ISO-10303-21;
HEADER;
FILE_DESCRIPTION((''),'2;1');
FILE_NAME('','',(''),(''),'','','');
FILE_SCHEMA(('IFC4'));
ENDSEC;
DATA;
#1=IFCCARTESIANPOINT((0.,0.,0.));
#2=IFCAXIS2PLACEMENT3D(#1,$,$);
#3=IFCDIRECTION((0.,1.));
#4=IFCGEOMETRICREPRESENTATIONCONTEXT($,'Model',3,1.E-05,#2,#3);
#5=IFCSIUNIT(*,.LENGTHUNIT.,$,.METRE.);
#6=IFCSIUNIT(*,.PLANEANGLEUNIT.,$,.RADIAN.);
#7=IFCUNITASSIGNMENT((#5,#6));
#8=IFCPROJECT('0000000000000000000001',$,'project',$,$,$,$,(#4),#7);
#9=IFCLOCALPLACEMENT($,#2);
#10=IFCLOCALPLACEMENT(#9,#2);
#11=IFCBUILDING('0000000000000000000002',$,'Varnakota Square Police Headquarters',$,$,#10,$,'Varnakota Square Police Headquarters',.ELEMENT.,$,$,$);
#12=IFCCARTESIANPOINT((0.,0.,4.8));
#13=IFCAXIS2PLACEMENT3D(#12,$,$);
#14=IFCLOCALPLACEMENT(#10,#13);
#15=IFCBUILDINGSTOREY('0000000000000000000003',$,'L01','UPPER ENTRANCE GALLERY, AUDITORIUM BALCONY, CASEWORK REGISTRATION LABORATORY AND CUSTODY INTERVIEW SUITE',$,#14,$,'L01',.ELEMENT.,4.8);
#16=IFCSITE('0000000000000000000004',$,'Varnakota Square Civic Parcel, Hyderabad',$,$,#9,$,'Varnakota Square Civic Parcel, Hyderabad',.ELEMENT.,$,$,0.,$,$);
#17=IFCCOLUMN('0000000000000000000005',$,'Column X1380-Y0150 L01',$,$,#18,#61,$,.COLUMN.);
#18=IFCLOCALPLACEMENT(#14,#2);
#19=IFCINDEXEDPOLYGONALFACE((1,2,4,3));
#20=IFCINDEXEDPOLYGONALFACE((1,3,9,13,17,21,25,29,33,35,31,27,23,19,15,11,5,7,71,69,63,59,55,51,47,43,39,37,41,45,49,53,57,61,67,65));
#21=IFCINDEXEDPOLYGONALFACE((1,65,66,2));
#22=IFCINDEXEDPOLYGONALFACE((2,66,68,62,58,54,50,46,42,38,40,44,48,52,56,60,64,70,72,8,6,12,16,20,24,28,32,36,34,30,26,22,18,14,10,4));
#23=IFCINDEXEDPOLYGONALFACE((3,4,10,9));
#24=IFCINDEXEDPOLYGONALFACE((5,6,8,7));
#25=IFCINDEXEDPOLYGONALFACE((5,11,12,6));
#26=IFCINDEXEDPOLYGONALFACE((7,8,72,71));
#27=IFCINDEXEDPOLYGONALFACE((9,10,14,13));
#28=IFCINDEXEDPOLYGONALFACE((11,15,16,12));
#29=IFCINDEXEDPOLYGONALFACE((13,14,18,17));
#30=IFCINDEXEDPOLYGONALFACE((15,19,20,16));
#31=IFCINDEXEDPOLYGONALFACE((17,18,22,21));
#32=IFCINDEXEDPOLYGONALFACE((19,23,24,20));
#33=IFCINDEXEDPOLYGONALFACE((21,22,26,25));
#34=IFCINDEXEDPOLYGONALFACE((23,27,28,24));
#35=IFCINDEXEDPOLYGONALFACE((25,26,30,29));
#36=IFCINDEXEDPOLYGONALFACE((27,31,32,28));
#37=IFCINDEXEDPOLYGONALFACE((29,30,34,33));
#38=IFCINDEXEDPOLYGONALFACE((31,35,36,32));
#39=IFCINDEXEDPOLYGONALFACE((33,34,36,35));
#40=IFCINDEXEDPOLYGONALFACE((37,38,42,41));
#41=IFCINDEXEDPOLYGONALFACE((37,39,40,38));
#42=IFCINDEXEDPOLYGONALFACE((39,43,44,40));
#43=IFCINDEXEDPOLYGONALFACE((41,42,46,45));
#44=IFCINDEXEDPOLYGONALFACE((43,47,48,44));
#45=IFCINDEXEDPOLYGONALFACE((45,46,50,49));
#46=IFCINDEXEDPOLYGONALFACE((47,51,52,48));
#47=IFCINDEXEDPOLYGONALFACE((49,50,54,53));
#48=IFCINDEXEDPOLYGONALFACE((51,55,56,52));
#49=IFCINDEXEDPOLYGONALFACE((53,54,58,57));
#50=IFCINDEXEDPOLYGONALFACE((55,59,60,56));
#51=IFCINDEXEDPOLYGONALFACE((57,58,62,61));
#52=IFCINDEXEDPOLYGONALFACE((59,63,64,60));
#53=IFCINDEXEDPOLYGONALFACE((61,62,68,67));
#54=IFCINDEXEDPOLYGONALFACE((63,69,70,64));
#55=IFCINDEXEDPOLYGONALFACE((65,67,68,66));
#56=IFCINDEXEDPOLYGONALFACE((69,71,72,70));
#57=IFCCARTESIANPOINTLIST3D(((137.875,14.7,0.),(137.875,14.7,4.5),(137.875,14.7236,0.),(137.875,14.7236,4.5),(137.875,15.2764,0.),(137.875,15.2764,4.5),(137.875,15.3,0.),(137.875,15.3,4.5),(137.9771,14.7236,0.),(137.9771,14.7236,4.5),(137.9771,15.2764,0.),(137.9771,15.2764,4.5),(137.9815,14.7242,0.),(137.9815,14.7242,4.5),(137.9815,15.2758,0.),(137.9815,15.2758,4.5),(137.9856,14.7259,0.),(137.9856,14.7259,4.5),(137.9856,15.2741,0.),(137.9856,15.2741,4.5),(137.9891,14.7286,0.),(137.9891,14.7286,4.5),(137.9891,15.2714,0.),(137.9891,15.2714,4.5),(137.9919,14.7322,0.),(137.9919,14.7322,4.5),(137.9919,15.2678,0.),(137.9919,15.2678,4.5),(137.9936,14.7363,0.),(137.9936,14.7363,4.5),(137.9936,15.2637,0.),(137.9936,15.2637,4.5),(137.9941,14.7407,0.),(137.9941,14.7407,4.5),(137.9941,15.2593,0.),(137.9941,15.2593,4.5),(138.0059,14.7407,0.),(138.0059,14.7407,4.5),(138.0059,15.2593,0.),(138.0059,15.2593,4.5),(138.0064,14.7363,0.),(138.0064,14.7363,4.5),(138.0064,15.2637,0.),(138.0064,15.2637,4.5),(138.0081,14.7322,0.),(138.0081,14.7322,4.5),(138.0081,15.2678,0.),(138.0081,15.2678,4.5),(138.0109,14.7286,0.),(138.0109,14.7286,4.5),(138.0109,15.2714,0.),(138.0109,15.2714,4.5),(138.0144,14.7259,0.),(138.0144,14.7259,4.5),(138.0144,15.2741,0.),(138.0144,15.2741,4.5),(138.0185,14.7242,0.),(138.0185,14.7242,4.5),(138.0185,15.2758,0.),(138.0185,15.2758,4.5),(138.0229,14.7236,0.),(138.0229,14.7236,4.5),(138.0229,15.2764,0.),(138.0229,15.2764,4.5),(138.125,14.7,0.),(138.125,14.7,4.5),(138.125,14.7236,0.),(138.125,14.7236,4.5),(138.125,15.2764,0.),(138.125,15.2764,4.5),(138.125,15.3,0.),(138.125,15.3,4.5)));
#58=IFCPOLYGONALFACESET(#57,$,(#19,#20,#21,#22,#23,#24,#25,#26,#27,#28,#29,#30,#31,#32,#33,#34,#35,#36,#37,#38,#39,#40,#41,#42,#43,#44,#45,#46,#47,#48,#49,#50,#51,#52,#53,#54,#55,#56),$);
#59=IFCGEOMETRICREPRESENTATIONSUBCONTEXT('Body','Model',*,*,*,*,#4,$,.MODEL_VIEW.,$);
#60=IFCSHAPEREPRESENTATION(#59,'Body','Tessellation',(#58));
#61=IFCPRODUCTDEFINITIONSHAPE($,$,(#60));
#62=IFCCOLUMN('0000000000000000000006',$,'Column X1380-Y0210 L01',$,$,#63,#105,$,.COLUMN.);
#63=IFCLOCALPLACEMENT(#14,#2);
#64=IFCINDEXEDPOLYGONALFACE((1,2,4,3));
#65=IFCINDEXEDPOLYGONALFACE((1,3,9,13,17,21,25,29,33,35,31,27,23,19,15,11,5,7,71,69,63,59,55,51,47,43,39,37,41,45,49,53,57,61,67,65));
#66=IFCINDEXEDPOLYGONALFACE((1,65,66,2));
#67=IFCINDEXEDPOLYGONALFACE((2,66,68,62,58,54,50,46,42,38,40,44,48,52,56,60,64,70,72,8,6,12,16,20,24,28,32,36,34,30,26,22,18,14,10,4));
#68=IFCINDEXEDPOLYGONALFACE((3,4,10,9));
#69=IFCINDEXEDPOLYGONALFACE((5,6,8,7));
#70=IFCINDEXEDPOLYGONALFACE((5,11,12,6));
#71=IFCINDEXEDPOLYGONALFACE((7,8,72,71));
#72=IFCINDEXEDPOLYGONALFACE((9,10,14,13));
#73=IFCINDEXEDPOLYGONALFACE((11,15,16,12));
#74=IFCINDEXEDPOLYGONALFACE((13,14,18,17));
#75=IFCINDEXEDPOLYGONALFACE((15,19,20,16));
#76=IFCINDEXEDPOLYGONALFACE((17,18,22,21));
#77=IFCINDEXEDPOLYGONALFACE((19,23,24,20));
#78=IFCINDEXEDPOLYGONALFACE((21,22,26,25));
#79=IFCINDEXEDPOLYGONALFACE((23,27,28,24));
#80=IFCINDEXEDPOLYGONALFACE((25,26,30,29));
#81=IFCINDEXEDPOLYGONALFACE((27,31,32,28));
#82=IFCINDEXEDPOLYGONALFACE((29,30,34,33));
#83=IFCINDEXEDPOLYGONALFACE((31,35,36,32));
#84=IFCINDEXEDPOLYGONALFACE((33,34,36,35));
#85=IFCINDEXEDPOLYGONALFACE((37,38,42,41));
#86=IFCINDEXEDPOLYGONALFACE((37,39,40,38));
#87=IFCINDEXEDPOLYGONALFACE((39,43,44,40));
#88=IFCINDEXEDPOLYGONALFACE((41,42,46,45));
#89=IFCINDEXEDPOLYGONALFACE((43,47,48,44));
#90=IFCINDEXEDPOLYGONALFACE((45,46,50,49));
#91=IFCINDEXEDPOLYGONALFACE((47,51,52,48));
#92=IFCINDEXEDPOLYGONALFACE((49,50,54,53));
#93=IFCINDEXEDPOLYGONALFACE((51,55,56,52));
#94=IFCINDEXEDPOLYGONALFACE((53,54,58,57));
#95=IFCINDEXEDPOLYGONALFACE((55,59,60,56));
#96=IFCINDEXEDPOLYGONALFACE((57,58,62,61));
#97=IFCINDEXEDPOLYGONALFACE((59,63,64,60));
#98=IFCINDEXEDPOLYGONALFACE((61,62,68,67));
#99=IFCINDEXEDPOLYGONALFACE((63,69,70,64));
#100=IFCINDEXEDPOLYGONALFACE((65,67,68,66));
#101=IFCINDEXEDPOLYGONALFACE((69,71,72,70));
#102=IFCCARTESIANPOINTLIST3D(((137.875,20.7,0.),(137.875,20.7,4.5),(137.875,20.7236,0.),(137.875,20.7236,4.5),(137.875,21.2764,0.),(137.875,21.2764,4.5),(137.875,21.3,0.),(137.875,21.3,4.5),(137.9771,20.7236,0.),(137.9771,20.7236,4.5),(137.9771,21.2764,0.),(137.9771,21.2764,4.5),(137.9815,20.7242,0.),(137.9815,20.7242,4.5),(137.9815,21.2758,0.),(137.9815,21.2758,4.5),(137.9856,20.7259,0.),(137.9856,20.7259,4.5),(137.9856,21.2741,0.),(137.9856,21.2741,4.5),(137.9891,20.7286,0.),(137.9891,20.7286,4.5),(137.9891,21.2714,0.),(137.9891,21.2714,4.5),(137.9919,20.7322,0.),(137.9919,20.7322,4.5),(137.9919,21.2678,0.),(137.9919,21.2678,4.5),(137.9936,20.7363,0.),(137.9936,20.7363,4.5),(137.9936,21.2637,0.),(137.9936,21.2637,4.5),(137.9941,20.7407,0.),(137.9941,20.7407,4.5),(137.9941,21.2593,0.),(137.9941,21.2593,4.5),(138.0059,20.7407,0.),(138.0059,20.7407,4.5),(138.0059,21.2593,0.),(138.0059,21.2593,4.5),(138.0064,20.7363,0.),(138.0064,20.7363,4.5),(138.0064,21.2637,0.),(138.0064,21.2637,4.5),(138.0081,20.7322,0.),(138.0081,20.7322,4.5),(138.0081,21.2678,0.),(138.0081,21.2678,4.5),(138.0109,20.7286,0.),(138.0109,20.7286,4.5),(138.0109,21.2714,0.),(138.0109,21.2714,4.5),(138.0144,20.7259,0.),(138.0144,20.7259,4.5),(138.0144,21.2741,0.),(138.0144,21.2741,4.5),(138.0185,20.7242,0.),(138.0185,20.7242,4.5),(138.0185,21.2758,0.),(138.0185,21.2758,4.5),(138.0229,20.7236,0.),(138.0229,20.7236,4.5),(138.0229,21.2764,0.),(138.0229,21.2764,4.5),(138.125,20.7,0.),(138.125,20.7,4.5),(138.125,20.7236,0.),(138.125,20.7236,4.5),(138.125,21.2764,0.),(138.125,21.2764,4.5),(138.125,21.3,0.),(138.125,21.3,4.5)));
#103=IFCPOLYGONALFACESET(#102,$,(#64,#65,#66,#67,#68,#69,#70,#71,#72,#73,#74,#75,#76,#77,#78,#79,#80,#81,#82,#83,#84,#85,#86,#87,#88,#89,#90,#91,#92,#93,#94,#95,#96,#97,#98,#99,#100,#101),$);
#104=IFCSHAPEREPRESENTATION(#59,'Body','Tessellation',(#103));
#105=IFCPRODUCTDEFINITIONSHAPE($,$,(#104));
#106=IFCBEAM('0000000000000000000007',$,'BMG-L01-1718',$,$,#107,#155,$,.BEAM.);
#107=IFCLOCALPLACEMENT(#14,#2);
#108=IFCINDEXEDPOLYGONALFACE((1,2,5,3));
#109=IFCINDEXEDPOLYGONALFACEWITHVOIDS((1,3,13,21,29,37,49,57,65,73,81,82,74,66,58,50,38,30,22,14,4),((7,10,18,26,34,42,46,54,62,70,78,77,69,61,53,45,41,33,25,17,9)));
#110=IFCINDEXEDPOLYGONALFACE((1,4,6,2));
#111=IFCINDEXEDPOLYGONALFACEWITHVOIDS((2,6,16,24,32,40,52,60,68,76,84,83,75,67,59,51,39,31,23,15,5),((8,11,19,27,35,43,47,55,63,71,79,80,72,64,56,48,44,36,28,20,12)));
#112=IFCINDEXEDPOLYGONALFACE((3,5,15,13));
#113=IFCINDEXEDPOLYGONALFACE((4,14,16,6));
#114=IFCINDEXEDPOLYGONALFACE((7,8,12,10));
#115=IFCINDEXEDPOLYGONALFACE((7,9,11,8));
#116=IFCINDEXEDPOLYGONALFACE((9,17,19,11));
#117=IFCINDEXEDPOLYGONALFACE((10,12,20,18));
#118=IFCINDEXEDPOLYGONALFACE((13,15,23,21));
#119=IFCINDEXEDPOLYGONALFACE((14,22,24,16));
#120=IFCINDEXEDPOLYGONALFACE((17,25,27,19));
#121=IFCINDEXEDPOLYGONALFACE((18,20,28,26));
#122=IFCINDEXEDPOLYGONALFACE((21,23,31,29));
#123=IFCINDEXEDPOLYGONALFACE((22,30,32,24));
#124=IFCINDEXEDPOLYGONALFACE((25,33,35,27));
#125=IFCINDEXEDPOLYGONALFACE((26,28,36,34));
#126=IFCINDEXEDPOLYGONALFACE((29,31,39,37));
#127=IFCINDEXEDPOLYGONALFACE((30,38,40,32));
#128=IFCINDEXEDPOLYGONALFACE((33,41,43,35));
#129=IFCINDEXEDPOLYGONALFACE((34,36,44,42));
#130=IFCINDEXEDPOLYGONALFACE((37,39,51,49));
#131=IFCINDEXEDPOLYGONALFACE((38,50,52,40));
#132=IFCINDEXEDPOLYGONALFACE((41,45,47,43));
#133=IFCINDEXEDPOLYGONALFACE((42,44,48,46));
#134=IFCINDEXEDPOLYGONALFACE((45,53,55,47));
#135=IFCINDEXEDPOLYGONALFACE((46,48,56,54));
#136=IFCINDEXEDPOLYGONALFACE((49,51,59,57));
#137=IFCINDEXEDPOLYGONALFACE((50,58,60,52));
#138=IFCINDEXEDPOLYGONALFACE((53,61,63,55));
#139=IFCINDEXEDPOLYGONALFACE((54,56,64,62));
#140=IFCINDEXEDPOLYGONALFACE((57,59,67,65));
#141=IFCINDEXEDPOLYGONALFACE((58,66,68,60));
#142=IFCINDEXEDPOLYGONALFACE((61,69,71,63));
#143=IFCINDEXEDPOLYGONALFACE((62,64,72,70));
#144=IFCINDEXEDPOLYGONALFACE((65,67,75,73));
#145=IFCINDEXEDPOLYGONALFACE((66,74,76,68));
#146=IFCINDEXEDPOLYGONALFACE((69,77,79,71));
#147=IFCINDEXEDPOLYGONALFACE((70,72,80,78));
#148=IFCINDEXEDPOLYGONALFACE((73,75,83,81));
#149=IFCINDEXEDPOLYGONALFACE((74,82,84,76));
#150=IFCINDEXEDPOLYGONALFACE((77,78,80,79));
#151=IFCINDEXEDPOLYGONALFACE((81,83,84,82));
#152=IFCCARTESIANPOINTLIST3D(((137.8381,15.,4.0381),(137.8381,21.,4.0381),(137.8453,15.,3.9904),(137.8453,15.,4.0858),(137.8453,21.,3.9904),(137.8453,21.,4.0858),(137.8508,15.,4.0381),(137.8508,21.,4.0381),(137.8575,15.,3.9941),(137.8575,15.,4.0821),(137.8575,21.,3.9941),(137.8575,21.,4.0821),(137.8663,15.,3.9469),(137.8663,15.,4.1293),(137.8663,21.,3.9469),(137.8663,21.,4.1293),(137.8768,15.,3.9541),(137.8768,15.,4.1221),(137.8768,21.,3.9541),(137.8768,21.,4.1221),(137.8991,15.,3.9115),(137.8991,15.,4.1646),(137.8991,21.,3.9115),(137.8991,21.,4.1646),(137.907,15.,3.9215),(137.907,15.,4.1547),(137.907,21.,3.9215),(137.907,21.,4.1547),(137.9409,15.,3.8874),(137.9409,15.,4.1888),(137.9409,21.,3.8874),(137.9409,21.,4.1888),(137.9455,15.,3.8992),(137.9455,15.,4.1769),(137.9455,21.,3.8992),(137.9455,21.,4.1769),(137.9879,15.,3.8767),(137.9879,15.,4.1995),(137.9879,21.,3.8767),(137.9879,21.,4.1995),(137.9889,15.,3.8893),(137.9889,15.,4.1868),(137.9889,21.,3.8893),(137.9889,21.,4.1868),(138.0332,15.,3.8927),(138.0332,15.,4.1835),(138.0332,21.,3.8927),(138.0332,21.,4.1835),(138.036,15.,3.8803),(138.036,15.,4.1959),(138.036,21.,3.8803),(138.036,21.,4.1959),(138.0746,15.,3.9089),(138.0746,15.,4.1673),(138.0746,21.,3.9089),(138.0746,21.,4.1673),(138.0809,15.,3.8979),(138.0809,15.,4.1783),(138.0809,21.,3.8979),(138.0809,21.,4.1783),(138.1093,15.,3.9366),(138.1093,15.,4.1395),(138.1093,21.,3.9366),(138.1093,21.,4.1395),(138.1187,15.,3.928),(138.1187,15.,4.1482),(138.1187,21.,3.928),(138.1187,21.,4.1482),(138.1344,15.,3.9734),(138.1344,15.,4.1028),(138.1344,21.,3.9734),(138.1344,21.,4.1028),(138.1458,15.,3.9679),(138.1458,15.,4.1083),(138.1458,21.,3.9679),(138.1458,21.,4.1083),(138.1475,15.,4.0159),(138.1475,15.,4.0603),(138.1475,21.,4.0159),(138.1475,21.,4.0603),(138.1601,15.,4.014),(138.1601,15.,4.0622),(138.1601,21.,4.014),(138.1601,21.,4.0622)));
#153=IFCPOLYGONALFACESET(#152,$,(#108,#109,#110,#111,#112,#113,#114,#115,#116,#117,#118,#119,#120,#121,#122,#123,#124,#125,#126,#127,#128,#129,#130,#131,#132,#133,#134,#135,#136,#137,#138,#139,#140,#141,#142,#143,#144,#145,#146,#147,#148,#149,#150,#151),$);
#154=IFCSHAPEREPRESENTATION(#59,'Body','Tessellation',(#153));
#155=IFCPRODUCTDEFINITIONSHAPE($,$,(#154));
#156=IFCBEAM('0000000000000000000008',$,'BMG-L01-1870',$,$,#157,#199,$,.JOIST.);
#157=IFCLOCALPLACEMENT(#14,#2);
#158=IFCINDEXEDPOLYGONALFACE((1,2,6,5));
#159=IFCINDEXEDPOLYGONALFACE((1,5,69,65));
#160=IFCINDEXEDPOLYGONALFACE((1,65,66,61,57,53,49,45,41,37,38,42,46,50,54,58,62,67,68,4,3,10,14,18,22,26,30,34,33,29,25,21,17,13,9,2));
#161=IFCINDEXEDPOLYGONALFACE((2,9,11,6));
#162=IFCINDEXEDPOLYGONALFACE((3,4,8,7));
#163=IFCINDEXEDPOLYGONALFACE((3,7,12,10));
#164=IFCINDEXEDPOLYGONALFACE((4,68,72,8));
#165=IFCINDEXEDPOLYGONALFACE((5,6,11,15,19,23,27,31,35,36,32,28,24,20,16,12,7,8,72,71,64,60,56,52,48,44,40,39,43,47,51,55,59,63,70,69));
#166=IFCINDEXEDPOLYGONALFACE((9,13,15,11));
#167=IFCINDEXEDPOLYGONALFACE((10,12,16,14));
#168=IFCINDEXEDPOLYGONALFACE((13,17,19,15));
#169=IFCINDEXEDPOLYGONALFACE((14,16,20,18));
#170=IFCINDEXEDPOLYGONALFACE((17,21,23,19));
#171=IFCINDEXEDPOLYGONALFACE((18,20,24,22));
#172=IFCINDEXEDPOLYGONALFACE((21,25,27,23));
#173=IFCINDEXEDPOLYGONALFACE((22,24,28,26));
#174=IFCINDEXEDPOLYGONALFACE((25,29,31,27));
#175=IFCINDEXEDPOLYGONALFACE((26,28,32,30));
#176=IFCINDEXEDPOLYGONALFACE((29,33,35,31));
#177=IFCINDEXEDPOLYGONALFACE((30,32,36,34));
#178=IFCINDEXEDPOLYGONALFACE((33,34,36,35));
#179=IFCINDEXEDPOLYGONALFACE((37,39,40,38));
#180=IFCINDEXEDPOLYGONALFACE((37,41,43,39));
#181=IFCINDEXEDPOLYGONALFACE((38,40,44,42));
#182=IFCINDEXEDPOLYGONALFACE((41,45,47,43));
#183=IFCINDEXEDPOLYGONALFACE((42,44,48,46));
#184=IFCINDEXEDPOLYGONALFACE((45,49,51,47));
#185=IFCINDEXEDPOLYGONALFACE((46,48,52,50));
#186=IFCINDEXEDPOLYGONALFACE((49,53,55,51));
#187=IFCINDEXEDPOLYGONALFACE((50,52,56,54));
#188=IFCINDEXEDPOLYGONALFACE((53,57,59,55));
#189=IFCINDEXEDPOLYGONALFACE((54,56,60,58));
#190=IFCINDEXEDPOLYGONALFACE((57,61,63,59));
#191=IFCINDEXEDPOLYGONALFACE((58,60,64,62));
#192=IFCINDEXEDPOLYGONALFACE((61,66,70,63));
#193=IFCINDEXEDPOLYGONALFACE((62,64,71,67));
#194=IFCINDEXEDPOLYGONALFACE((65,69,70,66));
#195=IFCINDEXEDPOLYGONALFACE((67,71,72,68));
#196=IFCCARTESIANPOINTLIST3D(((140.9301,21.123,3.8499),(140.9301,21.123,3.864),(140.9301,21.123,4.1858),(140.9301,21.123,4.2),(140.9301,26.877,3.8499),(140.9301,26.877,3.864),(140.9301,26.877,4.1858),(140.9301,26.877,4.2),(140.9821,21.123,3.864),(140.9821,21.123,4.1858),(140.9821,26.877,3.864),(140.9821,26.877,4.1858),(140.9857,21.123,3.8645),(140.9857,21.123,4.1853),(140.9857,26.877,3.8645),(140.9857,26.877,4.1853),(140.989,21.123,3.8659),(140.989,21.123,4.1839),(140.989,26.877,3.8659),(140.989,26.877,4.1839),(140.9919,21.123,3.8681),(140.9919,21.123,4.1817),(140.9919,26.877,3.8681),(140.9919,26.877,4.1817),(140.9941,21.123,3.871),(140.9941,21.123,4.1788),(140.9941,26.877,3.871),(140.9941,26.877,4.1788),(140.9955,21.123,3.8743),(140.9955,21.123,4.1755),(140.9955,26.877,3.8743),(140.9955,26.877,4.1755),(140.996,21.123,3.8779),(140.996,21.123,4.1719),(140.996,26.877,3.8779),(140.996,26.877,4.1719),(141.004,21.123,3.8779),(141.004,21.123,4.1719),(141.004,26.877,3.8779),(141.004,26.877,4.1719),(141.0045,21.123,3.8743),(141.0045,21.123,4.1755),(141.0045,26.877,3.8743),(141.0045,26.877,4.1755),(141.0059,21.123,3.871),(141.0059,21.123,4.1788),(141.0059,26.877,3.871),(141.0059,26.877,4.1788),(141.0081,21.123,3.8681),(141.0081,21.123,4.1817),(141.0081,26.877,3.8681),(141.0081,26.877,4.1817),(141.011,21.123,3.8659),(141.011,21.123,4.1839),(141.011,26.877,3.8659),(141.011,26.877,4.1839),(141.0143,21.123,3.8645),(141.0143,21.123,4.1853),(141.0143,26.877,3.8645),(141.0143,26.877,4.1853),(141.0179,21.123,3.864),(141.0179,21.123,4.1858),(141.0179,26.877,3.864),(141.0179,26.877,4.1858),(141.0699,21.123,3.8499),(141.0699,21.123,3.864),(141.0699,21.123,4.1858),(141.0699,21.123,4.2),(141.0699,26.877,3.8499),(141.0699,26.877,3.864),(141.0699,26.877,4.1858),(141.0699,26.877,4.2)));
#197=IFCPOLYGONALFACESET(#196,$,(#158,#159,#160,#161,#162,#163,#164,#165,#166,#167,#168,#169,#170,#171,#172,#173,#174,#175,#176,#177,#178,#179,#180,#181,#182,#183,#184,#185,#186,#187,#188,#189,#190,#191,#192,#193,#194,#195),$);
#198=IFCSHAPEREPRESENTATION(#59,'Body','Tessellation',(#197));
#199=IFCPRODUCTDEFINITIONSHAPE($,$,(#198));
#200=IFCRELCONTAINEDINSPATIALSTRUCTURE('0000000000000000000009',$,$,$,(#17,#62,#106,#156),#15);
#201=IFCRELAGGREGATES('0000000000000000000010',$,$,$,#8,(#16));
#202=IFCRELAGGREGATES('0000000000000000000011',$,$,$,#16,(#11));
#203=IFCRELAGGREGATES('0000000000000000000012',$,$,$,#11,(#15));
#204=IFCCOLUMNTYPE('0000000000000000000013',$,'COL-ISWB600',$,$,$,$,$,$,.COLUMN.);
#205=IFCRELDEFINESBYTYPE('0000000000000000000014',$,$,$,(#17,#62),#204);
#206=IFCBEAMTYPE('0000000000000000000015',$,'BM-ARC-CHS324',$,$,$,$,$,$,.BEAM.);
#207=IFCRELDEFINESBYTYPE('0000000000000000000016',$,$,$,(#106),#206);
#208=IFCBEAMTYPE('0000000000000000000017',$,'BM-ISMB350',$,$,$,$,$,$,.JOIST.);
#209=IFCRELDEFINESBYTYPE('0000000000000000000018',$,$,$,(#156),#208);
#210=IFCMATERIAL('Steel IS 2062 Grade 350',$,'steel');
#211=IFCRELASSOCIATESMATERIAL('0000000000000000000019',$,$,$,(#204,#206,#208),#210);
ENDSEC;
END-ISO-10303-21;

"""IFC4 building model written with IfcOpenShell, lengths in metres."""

from ifc_helpers import new_model, si_unit, direction, frame, origin, origin_2d, place, context, subcontext, project, spatial, hollow_circle, i_section, extrude, material, material_profile, profile_set, type_object, element, save


model = new_model("IFC4")

# Units and contexts
model_context = context("Model", 3, precision=1e-05, world=origin(), true_north=direction((0.0, 1.0)))
body_context = subcontext(model_context, "Body", "Model", "MODEL_VIEW")
ifc_project = project(units=[si_unit("LENGTHUNIT", "METRE"), si_unit("PLANEANGLEUNIT", "RADIAN")], contexts=[model_context])

# Site, building, storey
site_placement = place(None, origin())
site = spatial("IfcSite", under=ifc_project, at=site_placement, Name="Varnakota Square Civic Parcel, Hyderabad", LongName="Varnakota Square Civic Parcel, Hyderabad", CompositionType="ELEMENT", RefElevation=0.0)
building_placement = place(site_placement, origin())
building = spatial("IfcBuilding", under=site, at=building_placement, Name="Varnakota Square Police Headquarters", LongName="Varnakota Square Police Headquarters", CompositionType="ELEMENT")
storey_placement = place(building_placement, frame((0.0, 0.0, 4.8)))
storey = spatial("IfcBuildingStorey", under=building, at=storey_placement, Name="L01", Description="UPPER ENTRANCE GALLERY, AUDITORIUM BALCONY, CASEWORK REGISTRATION LABORATORY AND CUSTODY INTERVIEW SUITE", LongName="L01", CompositionType="ELEMENT", Elevation=4.8)

# Columns
ifc_material_1 = material(Name="Steel IS 2062 Grade 350", Category="steel")
ifc_material_profile_1 = material_profile(ifc_material_1, i_section(OverallWidth=0.25, OverallDepth=0.6001, WebThickness=0.0117, FlangeThickness=0.0237, FilletRadius=0.0171, at=origin_2d()), Name="ISWB 600")
ifc_profile_set_1 = profile_set([ifc_material_profile_1], Name="Steel IS 2062 Grade 350")
column_type = type_object("IfcColumnType", Name="COL-ISWB600", PredefinedType="COLUMN", material=ifc_profile_set_1)
for number, where, z_axis, x_axis, name in (
    (1, (138.0, 15.0, 0.0), (0.0, 0.0, 1.0), (1.0, 0.0, 0.0), "Column X1380-Y0150 L01"),
    (2, (138.0, 21.0, 0.0), (0.0, 0.0, 1.0), (1.0, 0.0, 0.0), "Column X1380-Y0210 L01"),
):
    element("IfcColumn", number, at=place(storey_placement, frame(where, z_axis=z_axis, x_axis=x_axis)), inside=storey, type_object=column_type, Name=name, PredefinedType="COLUMN", context=body_context, shape_type="SweptSolid", body=[
        extrude(i_section(OverallWidth=0.25, OverallDepth=0.6001, WebThickness=0.0117, FlangeThickness=0.0237, FilletRadius=0.0171, at=origin_2d()), origin(), (0.0, 0.0, 1.0), 4.5),
    ])

# Beams
ifc_material_profile_2 = material_profile(ifc_material_1, hollow_circle(Radius=0.1619, WallThickness=0.0127, at=origin_2d()), Name="CHS 323.9x12.7")
ifc_profile_set_2 = profile_set([ifc_material_profile_2], Name="Steel IS 2062 Grade 350")
beam_type_1 = type_object("IfcBeamType", Name="BM-ARC-CHS324", PredefinedType="BEAM", material=ifc_profile_set_2)
beam_1_placement = place(storey_placement, frame((138.0, 15.0, 4.0381), z_axis=(0.0, 1.0, 0.0), x_axis=(-1.0, 0.0, 0.0)))
element("IfcBeam", 3, at=beam_1_placement, inside=storey, type_object=beam_type_1, Name="BMG-L01-1718", PredefinedType="BEAM", context=body_context, shape_type="SweptSolid", body=[
    extrude(hollow_circle(Radius=0.1619, WallThickness=0.0127, at=origin_2d()), origin(), (0.0, 0.0, 1.0), 6.0),
])
ifc_material_profile_3 = material_profile(ifc_material_1, i_section(OverallWidth=0.1399, OverallDepth=0.3501, WebThickness=0.0081, FlangeThickness=0.0142, FilletRadius=0.0139, at=origin_2d()), Name="ISMB 350")
ifc_profile_set_3 = profile_set([ifc_material_profile_3], Name="Steel IS 2062 Grade 350")
beam_type_2 = type_object("IfcBeamType", Name="BM-ISMB350", PredefinedType="JOIST", material=ifc_profile_set_3)
beam_2_placement = place(storey_placement, frame((141.0, 21.123, 4.0249), z_axis=(0.0, 1.0, 0.0), x_axis=(-1.0, 0.0, 0.0)))
element("IfcBeam", 4, at=beam_2_placement, inside=storey, type_object=beam_type_2, Name="BMG-L01-1870", PredefinedType="JOIST", context=body_context, shape_type="SweptSolid", body=[
    extrude(i_section(OverallWidth=0.1399, OverallDepth=0.3501, WebThickness=0.0081, FlangeThickness=0.0142, FilletRadius=0.0139, at=origin_2d()), origin(), (0.0, 0.0, 1.0), 5.7539),
])

save(model, "model.ifc")
